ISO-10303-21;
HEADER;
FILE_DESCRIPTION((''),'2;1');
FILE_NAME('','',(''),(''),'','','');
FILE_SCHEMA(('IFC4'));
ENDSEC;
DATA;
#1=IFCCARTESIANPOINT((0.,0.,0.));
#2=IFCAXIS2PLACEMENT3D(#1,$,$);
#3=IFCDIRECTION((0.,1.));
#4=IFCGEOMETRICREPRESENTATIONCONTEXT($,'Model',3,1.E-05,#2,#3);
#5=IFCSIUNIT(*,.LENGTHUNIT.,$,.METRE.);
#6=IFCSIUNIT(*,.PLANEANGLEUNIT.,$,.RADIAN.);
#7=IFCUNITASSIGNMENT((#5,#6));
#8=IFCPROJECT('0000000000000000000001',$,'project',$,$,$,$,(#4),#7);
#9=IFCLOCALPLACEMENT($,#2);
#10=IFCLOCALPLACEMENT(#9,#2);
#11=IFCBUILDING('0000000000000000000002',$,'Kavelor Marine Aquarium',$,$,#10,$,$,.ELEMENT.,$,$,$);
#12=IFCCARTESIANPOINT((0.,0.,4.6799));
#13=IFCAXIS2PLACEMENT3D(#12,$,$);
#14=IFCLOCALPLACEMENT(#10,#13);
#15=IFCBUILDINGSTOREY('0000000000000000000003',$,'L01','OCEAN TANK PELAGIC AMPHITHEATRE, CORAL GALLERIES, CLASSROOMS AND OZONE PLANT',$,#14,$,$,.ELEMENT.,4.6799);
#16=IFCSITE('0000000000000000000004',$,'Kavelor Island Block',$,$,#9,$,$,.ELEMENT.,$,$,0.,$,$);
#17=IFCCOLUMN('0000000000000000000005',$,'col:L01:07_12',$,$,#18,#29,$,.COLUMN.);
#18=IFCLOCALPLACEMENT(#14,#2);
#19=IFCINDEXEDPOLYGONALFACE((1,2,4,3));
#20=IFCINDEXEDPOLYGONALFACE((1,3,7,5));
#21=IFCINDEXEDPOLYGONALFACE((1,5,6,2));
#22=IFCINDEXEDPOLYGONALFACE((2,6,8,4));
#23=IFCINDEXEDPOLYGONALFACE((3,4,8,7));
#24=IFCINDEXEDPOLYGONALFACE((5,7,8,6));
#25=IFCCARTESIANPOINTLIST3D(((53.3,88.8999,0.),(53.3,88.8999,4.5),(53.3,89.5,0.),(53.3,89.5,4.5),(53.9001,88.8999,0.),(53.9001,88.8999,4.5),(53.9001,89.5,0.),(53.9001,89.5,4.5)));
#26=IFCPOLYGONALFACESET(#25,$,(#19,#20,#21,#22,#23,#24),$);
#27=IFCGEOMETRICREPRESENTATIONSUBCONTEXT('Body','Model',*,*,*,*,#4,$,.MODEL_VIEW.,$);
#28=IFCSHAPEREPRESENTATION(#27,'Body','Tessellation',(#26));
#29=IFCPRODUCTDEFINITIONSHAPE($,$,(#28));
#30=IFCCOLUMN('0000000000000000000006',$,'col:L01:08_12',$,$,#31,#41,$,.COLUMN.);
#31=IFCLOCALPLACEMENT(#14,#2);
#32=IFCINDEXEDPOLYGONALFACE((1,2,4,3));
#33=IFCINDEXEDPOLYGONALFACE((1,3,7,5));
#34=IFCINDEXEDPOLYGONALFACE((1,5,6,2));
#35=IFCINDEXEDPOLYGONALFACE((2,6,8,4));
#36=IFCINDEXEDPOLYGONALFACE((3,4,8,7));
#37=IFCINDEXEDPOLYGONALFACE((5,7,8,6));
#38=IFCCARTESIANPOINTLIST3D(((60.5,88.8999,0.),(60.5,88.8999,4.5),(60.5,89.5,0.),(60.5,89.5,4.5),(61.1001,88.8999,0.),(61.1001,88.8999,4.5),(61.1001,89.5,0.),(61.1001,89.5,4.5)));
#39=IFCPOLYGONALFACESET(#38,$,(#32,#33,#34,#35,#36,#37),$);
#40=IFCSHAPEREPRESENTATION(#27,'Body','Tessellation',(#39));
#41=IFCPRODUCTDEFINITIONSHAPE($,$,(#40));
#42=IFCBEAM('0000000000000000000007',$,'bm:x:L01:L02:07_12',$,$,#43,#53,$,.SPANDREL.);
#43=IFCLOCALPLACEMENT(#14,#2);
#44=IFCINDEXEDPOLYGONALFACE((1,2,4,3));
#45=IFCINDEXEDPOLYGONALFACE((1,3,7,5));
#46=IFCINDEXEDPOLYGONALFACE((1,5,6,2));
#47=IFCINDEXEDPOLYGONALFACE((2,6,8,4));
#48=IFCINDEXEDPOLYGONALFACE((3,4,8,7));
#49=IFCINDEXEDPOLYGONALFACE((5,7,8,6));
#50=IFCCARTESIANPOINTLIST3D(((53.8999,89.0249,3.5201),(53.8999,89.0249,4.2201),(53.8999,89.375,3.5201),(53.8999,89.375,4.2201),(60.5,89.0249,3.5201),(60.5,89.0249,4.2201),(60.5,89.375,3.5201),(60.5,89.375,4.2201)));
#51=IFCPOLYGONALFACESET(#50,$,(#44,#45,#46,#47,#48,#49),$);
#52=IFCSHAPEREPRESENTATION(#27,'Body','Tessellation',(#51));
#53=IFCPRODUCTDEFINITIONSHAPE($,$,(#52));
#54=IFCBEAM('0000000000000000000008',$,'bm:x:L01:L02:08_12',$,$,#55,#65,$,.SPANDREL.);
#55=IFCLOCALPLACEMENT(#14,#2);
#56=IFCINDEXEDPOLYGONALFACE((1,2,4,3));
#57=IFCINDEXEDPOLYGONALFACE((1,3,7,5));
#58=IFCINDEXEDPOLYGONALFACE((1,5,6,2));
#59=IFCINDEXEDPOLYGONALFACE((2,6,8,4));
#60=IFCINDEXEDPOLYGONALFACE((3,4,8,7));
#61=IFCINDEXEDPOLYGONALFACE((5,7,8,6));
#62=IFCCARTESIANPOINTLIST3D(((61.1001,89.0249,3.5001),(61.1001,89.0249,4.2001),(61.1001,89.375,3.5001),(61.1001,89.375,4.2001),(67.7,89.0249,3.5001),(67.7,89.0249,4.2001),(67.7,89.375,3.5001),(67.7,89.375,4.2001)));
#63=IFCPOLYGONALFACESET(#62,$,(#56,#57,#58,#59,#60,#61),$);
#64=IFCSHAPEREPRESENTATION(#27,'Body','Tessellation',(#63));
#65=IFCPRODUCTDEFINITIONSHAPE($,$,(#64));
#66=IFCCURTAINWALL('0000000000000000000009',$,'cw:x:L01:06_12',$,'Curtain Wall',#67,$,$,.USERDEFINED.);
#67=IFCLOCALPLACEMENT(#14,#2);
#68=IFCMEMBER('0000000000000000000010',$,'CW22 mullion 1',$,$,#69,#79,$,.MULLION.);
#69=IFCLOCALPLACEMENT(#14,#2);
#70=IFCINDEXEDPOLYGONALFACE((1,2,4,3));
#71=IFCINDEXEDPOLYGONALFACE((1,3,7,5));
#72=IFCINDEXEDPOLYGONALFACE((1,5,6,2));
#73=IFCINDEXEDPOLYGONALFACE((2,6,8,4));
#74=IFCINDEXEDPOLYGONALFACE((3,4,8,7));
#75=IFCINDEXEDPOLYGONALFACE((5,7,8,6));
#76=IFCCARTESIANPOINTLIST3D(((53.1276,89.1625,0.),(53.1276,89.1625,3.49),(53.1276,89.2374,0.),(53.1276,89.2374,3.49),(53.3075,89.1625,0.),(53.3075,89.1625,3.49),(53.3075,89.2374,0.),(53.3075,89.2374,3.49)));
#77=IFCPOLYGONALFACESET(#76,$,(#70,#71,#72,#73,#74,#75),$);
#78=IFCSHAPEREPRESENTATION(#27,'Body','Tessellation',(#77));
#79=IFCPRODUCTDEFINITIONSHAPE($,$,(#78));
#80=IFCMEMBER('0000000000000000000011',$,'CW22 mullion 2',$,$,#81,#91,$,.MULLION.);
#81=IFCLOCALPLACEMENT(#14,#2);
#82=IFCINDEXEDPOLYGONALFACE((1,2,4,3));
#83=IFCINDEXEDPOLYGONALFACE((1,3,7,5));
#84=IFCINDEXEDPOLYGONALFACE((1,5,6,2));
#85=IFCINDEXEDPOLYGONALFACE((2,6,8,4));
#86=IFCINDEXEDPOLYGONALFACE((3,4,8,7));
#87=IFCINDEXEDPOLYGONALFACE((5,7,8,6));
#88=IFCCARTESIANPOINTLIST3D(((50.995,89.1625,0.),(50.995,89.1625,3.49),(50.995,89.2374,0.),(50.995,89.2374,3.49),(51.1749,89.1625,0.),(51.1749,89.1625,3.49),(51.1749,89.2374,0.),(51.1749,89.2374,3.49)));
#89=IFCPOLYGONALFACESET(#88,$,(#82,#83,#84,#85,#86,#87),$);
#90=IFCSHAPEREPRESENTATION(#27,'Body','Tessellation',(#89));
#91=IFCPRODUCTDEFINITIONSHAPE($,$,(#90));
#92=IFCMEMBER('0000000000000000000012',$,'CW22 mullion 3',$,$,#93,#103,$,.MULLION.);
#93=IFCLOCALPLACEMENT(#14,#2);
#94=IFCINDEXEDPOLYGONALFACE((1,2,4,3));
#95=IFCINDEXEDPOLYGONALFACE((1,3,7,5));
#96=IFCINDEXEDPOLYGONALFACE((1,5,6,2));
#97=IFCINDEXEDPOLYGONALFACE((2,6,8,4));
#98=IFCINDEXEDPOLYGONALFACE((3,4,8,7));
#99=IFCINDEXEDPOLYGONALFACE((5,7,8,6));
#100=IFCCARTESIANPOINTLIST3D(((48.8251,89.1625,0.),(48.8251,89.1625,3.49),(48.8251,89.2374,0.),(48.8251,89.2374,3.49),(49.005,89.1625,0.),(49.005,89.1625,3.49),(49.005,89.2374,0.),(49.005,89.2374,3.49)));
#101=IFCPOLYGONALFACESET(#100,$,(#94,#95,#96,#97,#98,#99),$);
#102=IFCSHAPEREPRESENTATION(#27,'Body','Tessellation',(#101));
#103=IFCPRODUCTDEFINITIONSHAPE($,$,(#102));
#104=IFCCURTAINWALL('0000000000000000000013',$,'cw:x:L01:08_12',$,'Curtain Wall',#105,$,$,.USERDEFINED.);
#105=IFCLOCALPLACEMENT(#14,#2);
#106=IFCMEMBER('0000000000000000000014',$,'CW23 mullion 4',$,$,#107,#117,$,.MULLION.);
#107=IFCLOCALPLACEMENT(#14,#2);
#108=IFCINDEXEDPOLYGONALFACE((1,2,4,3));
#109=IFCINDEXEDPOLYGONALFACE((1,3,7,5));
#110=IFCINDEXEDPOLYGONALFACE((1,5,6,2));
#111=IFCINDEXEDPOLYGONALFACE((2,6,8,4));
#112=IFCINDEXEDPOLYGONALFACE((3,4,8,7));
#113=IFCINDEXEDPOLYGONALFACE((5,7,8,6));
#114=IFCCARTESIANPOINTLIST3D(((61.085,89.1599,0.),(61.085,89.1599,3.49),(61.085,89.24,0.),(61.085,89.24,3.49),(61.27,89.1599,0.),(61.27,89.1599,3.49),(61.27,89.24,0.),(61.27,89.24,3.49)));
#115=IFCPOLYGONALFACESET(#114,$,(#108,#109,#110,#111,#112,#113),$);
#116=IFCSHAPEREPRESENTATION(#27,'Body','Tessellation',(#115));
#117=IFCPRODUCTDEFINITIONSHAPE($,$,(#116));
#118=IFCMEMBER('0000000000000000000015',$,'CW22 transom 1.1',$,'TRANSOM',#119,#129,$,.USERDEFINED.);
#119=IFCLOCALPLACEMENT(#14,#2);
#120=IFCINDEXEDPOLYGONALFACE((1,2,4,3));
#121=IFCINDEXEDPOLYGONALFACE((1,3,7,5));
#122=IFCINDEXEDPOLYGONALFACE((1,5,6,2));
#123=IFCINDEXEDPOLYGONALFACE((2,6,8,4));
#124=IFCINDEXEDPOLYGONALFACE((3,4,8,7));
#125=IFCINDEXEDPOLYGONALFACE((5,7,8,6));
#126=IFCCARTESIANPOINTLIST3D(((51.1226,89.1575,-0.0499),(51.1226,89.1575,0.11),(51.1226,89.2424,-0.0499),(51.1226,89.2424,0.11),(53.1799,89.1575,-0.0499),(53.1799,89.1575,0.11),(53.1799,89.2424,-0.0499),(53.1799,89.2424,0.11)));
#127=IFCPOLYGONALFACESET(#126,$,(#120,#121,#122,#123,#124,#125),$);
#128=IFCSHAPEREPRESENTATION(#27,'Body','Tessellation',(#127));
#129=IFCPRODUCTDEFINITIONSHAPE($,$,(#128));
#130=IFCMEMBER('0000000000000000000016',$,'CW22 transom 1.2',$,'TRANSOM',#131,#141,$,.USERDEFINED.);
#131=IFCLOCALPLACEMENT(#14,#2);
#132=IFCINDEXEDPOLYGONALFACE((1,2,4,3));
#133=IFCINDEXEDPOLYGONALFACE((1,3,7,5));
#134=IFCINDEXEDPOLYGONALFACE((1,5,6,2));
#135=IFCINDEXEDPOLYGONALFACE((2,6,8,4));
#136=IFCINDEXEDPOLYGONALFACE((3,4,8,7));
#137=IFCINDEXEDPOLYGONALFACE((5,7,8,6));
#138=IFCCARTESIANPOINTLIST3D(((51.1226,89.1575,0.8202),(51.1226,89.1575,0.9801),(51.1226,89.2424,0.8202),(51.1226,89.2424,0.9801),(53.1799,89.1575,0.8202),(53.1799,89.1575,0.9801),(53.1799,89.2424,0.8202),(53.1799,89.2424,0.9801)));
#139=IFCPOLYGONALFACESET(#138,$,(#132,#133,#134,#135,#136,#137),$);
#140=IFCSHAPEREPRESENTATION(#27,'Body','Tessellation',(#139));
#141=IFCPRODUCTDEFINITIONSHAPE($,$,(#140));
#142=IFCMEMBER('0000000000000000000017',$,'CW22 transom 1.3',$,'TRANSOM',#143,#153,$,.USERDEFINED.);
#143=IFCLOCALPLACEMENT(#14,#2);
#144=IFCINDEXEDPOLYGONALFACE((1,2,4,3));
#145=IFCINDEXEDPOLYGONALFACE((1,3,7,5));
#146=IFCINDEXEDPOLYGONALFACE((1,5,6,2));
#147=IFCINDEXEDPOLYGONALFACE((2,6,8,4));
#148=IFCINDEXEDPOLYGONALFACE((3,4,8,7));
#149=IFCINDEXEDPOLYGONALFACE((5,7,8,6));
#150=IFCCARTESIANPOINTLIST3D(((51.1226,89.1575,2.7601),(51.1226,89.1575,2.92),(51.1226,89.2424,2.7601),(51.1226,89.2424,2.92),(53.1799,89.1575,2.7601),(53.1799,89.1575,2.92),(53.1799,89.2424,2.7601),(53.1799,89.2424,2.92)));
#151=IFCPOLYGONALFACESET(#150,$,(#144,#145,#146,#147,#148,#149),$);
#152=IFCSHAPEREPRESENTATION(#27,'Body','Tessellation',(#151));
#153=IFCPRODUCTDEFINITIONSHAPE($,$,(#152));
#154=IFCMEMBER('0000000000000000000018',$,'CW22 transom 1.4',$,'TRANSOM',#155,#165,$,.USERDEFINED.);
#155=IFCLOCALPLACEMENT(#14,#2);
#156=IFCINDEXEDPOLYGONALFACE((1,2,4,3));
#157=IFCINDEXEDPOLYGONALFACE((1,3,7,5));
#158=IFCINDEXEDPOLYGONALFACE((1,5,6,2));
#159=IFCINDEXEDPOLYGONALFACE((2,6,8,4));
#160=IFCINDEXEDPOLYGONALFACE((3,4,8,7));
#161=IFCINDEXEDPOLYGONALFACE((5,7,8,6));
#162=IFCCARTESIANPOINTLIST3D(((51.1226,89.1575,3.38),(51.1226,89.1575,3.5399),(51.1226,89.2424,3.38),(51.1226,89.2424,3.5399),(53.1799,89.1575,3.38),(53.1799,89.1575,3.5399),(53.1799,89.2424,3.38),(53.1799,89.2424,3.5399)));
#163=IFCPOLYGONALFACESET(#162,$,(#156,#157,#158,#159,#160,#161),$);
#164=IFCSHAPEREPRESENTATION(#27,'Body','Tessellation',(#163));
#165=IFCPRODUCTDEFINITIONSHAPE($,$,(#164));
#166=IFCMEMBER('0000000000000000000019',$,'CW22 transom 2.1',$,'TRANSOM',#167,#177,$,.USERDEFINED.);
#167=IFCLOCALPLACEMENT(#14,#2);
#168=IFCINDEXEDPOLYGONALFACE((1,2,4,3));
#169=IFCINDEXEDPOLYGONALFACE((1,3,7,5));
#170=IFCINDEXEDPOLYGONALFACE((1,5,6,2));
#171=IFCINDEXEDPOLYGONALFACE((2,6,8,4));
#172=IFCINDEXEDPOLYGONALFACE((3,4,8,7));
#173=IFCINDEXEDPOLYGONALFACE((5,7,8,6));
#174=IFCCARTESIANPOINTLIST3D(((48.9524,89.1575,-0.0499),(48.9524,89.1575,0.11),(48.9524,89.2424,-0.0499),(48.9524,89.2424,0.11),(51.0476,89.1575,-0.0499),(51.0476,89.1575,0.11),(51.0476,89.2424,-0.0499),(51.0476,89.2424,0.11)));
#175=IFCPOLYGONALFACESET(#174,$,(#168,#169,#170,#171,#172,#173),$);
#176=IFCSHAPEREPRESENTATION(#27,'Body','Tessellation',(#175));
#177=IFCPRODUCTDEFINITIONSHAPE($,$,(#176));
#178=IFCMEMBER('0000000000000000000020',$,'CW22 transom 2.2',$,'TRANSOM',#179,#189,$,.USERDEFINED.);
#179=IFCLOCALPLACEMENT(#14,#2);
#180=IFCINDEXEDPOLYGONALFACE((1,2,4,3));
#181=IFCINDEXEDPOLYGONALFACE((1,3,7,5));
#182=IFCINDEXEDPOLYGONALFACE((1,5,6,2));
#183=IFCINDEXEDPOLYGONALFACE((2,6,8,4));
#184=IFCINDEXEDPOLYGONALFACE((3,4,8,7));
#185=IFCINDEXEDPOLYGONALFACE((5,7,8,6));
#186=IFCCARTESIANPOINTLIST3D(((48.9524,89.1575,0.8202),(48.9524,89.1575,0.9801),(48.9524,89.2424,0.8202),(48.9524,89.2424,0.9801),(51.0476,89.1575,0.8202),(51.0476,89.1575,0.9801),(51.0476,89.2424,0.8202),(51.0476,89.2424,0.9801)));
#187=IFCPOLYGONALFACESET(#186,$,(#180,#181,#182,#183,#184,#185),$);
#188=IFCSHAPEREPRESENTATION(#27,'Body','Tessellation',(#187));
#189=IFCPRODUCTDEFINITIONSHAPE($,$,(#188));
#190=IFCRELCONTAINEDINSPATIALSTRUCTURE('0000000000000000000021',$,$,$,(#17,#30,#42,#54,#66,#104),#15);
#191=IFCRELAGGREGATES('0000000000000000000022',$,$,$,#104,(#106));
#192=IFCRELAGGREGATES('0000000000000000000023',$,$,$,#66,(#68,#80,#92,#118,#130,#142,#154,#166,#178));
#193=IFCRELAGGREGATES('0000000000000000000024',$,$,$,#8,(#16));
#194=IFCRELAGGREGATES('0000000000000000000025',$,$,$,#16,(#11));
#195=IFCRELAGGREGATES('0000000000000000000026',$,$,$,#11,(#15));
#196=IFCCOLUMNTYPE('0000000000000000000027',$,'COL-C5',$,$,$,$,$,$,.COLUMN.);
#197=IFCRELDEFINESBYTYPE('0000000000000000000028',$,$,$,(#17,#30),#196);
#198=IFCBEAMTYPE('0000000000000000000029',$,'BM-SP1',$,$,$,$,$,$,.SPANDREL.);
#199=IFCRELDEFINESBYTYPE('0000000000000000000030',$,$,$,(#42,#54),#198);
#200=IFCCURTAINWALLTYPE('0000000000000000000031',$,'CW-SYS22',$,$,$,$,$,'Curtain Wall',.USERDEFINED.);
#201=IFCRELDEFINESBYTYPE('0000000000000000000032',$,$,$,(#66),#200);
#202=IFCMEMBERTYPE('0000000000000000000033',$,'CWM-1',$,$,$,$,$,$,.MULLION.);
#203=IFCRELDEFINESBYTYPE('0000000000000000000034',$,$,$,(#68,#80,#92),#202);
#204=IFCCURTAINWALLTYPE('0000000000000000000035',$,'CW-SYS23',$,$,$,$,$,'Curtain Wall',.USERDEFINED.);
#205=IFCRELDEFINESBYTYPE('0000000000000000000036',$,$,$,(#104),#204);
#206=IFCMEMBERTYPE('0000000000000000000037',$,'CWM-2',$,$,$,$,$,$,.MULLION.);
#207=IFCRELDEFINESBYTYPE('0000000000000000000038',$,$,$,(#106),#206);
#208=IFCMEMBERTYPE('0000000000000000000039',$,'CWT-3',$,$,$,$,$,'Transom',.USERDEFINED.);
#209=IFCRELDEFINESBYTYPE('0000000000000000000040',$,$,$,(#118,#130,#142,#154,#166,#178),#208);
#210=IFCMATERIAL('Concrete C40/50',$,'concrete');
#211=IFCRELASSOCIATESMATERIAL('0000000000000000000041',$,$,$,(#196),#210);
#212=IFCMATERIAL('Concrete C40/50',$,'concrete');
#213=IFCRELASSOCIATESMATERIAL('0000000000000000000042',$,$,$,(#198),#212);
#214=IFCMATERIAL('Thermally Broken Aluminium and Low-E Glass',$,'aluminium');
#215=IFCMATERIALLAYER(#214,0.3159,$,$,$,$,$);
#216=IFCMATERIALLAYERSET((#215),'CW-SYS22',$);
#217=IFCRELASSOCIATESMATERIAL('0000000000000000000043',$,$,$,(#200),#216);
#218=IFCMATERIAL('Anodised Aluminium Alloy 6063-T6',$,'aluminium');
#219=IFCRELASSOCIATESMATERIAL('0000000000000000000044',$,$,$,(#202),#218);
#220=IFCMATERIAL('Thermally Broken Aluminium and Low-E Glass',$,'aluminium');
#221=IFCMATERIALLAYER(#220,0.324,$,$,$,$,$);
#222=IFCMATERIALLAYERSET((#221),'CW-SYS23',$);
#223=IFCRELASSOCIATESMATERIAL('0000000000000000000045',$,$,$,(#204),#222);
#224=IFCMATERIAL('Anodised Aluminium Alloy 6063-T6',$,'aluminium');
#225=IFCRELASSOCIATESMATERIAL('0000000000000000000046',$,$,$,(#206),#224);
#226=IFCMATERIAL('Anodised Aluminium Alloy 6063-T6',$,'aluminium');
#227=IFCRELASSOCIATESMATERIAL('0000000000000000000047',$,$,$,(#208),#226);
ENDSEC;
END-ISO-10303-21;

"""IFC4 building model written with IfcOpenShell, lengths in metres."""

from ifc_helpers import new_model, si_unit, direction, frame, origin, origin_2d, place, context, subcontext, project, spatial, rectangle, extrude, material, layer, layer_set, material_profile, profile_set, type_object, element, aggregate, save


model = new_model("IFC4")

# Units and contexts
model_context = context("Model", 3, precision=1e-05, world=origin(), true_north=direction((0.0, 1.0)))
body_context = subcontext(model_context, "Body", "Model", "MODEL_VIEW")
ifc_project = project(units=[si_unit("LENGTHUNIT", "METRE"), si_unit("PLANEANGLEUNIT", "RADIAN")], contexts=[model_context])

# Site, building, storey
site_placement = place(None, origin())
site = spatial("IfcSite", under=ifc_project, at=site_placement, Name="Kavelor Island Block", CompositionType="ELEMENT", RefElevation=0.0)
building_placement = place(site_placement, origin())
building = spatial("IfcBuilding", under=site, at=building_placement, Name="Kavelor Marine Aquarium", CompositionType="ELEMENT")
storey_placement = place(building_placement, frame((0.0, 0.0, 4.6799)))
storey = spatial("IfcBuildingStorey", under=building, at=storey_placement, Name="L01", Description="OCEAN TANK PELAGIC AMPHITHEATRE, CORAL GALLERIES, CLASSROOMS AND OZONE PLANT", CompositionType="ELEMENT", Elevation=4.6799)

# Columns
ifc_material_1 = material(Name="Concrete C40/50", Category="concrete")
ifc_material_profile_1 = material_profile(ifc_material_1, rectangle(XDim=0.6001, YDim=0.6001, at=origin_2d()), Name="RC-COL 600x600")
ifc_profile_set_1 = profile_set([ifc_material_profile_1], Name="Concrete C40/50")
column_type = type_object("IfcColumnType", Name="COL-C5", PredefinedType="COLUMN", material=ifc_profile_set_1)
for number, where, z_axis, x_axis, name in (
    (1, (53.6001, 89.2, 0.0), (0.0, 0.0, 1.0), (1.0, 0.0, 0.0), "col:L01:07_12"),
    (2, (60.8, 89.2, 0.0), (0.0, 0.0, 1.0), (1.0, 0.0, 0.0), "col:L01:08_12"),
):
    element("IfcColumn", number, at=place(storey_placement, frame(where, z_axis=z_axis, x_axis=x_axis)), inside=storey, type_object=column_type, Name=name, PredefinedType="COLUMN", context=body_context, shape_type="SweptSolid", body=[
        extrude(rectangle(XDim=0.6001, YDim=0.6001, at=origin_2d()), origin(), (0.0, 0.0, 1.0), 4.5),
    ])

# Beams
ifc_material_2 = material(Name="Concrete C40/50", Category="concrete")
ifc_material_profile_2 = material_profile(ifc_material_2, rectangle(XDim=0.3501, YDim=0.7, at=origin_2d()), Name="RC-SP 350x700")
ifc_profile_set_2 = profile_set([ifc_material_profile_2], Name="Concrete C40/50")
beam_type = type_object("IfcBeamType", Name="BM-SP1", PredefinedType="SPANDREL", material=ifc_profile_set_2)
beam_1_placement = place(storey_placement, frame((53.8999, 89.2, 3.8701), z_axis=(1.0, 0.0, 0.0), x_axis=(0.0, 1.0, 0.0)))
element("IfcBeam", 3, at=beam_1_placement, inside=storey, type_object=beam_type, Name="bm:x:L01:L02:07_12", PredefinedType="SPANDREL", context=body_context, shape_type="SweptSolid", body=[
    extrude(rectangle(XDim=0.3501, YDim=0.7, at=origin_2d()), origin(), (0.0, 0.0, 1.0), 6.6001),
])
beam_2_placement = place(storey_placement, frame((61.1001, 89.2, 3.8501), z_axis=(1.0, 0.0, 0.0), x_axis=(0.0, 1.0, 0.0)))
element("IfcBeam", 4, at=beam_2_placement, inside=storey, type_object=beam_type, Name="bm:x:L01:L02:08_12", PredefinedType="SPANDREL", context=body_context, shape_type="SweptSolid", body=[
    extrude(rectangle(XDim=0.3501, YDim=0.7, at=origin_2d()), origin(), (0.0, 0.0, 1.0), 6.5999),
])

# Curtain wall, members
ifc_material_3 = material(Name="Thermally Broken Aluminium and Low-E Glass", Category="aluminium")
ifc_layer_1 = layer(ifc_material_3, 0.3159)
ifc_layer_set_1 = layer_set([ifc_layer_1], Name="CW-SYS22")
curtain_wall_type_1 = type_object("IfcCurtainWallType", Name="CW-SYS22", ElementType="Curtain Wall", PredefinedType="USERDEFINED", material=ifc_layer_set_1)
curtain_wall_1_placement = place(storey_placement, origin())
curtain_wall_1 = element("IfcCurtainWall", 5, at=curtain_wall_1_placement, inside=storey, type_object=curtain_wall_type_1, Name="cw:x:L01:06_12", ObjectType="Curtain Wall", PredefinedType="USERDEFINED")
ifc_material_4 = material(Name="Anodised Aluminium Alloy 6063-T6", Category="aluminium")
ifc_material_profile_3 = material_profile(ifc_material_4, rectangle(XDim=0.075, YDim=0.1799, at=origin_2d()), Name="CW-MUL 75x180")
ifc_profile_set_3 = profile_set([ifc_material_profile_3], Name="Anodised Aluminium Alloy 6063-T6")
member_type_1 = type_object("IfcMemberType", Name="CWM-1", PredefinedType="MULLION", material=ifc_profile_set_3)
member_1_placement = place(storey_placement, frame((53.2175, 89.2, 0.0), z_axis=(0.0, 0.0, 1.0), x_axis=(0.0, -1.0, 0.0)))
member_1 = element("IfcMember", 6, at=member_1_placement, type_object=member_type_1, Name="CW22 mullion 1", PredefinedType="MULLION", context=body_context, shape_type="SweptSolid", body=[
    extrude(rectangle(XDim=0.075, YDim=0.1799, at=origin_2d()), origin(), (0.0, 0.0, 1.0), 3.49),
])
member_2_placement = place(storey_placement, frame((51.085, 89.2, 0.0), z_axis=(0.0, 0.0, 1.0), x_axis=(0.0, -1.0, 0.0)))
member_2 = element("IfcMember", 7, at=member_2_placement, type_object=member_type_1, Name="CW22 mullion 2", PredefinedType="MULLION", context=body_context, shape_type="SweptSolid", body=[
    extrude(rectangle(XDim=0.075, YDim=0.1799, at=origin_2d()), origin(), (0.0, 0.0, 1.0), 3.49),
])
member_3_placement = place(storey_placement, frame((48.915, 89.2, 0.0), z_axis=(0.0, 0.0, 1.0), x_axis=(0.0, -1.0, 0.0)))
member_3 = element("IfcMember", 8, at=member_3_placement, type_object=member_type_1, Name="CW22 mullion 3", PredefinedType="MULLION", context=body_context, shape_type="SweptSolid", body=[
    extrude(rectangle(XDim=0.075, YDim=0.1799, at=origin_2d()), origin(), (0.0, 0.0, 1.0), 3.49),
])

# Curtain wall, member
ifc_material_5 = material(Name="Thermally Broken Aluminium and Low-E Glass", Category="aluminium")
ifc_layer_2 = layer(ifc_material_5, 0.324)
ifc_layer_set_2 = layer_set([ifc_layer_2], Name="CW-SYS23")
curtain_wall_type_2 = type_object("IfcCurtainWallType", Name="CW-SYS23", ElementType="Curtain Wall", PredefinedType="USERDEFINED", material=ifc_layer_set_2)
curtain_wall_2_placement = place(storey_placement, origin())
curtain_wall_2 = element("IfcCurtainWall", 9, at=curtain_wall_2_placement, inside=storey, type_object=curtain_wall_type_2, Name="cw:x:L01:08_12", ObjectType="Curtain Wall", PredefinedType="USERDEFINED")
ifc_material_6 = material(Name="Anodised Aluminium Alloy 6063-T6", Category="aluminium")
ifc_material_profile_4 = material_profile(ifc_material_6, rectangle(XDim=0.0801, YDim=0.1851, at=origin_2d()), Name="CW-MUL 80x185")
ifc_profile_set_4 = profile_set([ifc_material_profile_4], Name="Anodised Aluminium Alloy 6063-T6")
member_type_2 = type_object("IfcMemberType", Name="CWM-2", PredefinedType="MULLION", material=ifc_profile_set_4)
member_4_placement = place(storey_placement, frame((61.1775, 89.2, 0.0), z_axis=(0.0, 0.0, 1.0), x_axis=(0.0, -1.0, 0.0)))
member_4 = element("IfcMember", 10, at=member_4_placement, type_object=member_type_2, Name="CW23 mullion 4", PredefinedType="MULLION", context=body_context, shape_type="SweptSolid", body=[
    extrude(rectangle(XDim=0.0801, YDim=0.1851, at=origin_2d()), origin(), (0.0, 0.0, 1.0), 3.49),
])
aggregate(curtain_wall_2, [member_4])

# Members
ifc_material_7 = material(Name="Anodised Aluminium Alloy 6063-T6", Category="aluminium")
ifc_material_profile_5 = material_profile(ifc_material_7, rectangle(XDim=0.085, YDim=0.1599, at=origin_2d()), Name="CW-TRN 85x160")
ifc_profile_set_5 = profile_set([ifc_material_profile_5], Name="Anodised Aluminium Alloy 6063-T6")
member_type_3 = type_object("IfcMemberType", Name="CWT-3", ElementType="Transom", PredefinedType="USERDEFINED", material=ifc_profile_set_5)
member_5_placement = place(storey_placement, frame((53.1799, 89.2, 0.03), z_axis=(-1.0, 0.0, 0.0), x_axis=(0.0, -1.0, 0.0)))
member_5 = element("IfcMember", 11, at=member_5_placement, type_object=member_type_3, Name="CW22 transom 1.1", ObjectType="TRANSOM", PredefinedType="USERDEFINED", context=body_context, shape_type="SweptSolid", body=[
    extrude(rectangle(XDim=0.085, YDim=0.1599, at=origin_2d()), origin(), (0.0, 0.0, 1.0), 2.0574),
])
member_6_placement = place(storey_placement, frame((53.1799, 89.2, 0.9001), z_axis=(-1.0, 0.0, 0.0), x_axis=(0.0, -1.0, 0.0)))
member_6 = element("IfcMember", 12, at=member_6_placement, type_object=member_type_3, Name="CW22 transom 1.2", ObjectType="TRANSOM", PredefinedType="USERDEFINED", context=body_context, shape_type="SweptSolid", body=[
    extrude(rectangle(XDim=0.085, YDim=0.1599, at=origin_2d()), origin(), (0.0, 0.0, 1.0), 2.0574),
])
member_7_placement = place(storey_placement, frame((53.1799, 89.2, 2.8401), z_axis=(-1.0, 0.0, 0.0), x_axis=(0.0, -1.0, 0.0)))
member_7 = element("IfcMember", 13, at=member_7_placement, type_object=member_type_3, Name="CW22 transom 1.3", ObjectType="TRANSOM", PredefinedType="USERDEFINED", context=body_context, shape_type="SweptSolid", body=[
    extrude(rectangle(XDim=0.085, YDim=0.1599, at=origin_2d()), origin(), (0.0, 0.0, 1.0), 2.0574),
])
member_8_placement = place(storey_placement, frame((53.1799, 89.2, 3.46), z_axis=(-1.0, 0.0, 0.0), x_axis=(0.0, -1.0, 0.0)))
member_8 = element("IfcMember", 14, at=member_8_placement, type_object=member_type_3, Name="CW22 transom 1.4", ObjectType="TRANSOM", PredefinedType="USERDEFINED", context=body_context, shape_type="SweptSolid", body=[
    extrude(rectangle(XDim=0.085, YDim=0.1599, at=origin_2d()), origin(), (0.0, 0.0, 1.0), 2.0574),
])
member_9_placement = place(storey_placement, frame((51.0476, 89.2, 0.03), z_axis=(-1.0, 0.0, 0.0), x_axis=(0.0, -1.0, 0.0)))
member_9 = element("IfcMember", 15, at=member_9_placement, type_object=member_type_3, Name="CW22 transom 2.1", ObjectType="TRANSOM", PredefinedType="USERDEFINED", context=body_context, shape_type="SweptSolid", body=[
    extrude(rectangle(XDim=0.085, YDim=0.1599, at=origin_2d()), origin(), (0.0, 0.0, 1.0), 2.0952),
])
member_10_placement = place(storey_placement, frame((51.0476, 89.2, 0.9001), z_axis=(-1.0, 0.0, 0.0), x_axis=(0.0, -1.0, 0.0)))
member_10 = element("IfcMember", 16, at=member_10_placement, type_object=member_type_3, Name="CW22 transom 2.2", ObjectType="TRANSOM", PredefinedType="USERDEFINED", context=body_context, shape_type="SweptSolid", body=[
    extrude(rectangle(XDim=0.085, YDim=0.1599, at=origin_2d()), origin(), (0.0, 0.0, 1.0), 2.0952),
])

aggregate(curtain_wall_1, [member_1, member_2, member_3, member_5, member_6, member_7, member_8, member_9, member_10])

save(model, "model.ifc")
